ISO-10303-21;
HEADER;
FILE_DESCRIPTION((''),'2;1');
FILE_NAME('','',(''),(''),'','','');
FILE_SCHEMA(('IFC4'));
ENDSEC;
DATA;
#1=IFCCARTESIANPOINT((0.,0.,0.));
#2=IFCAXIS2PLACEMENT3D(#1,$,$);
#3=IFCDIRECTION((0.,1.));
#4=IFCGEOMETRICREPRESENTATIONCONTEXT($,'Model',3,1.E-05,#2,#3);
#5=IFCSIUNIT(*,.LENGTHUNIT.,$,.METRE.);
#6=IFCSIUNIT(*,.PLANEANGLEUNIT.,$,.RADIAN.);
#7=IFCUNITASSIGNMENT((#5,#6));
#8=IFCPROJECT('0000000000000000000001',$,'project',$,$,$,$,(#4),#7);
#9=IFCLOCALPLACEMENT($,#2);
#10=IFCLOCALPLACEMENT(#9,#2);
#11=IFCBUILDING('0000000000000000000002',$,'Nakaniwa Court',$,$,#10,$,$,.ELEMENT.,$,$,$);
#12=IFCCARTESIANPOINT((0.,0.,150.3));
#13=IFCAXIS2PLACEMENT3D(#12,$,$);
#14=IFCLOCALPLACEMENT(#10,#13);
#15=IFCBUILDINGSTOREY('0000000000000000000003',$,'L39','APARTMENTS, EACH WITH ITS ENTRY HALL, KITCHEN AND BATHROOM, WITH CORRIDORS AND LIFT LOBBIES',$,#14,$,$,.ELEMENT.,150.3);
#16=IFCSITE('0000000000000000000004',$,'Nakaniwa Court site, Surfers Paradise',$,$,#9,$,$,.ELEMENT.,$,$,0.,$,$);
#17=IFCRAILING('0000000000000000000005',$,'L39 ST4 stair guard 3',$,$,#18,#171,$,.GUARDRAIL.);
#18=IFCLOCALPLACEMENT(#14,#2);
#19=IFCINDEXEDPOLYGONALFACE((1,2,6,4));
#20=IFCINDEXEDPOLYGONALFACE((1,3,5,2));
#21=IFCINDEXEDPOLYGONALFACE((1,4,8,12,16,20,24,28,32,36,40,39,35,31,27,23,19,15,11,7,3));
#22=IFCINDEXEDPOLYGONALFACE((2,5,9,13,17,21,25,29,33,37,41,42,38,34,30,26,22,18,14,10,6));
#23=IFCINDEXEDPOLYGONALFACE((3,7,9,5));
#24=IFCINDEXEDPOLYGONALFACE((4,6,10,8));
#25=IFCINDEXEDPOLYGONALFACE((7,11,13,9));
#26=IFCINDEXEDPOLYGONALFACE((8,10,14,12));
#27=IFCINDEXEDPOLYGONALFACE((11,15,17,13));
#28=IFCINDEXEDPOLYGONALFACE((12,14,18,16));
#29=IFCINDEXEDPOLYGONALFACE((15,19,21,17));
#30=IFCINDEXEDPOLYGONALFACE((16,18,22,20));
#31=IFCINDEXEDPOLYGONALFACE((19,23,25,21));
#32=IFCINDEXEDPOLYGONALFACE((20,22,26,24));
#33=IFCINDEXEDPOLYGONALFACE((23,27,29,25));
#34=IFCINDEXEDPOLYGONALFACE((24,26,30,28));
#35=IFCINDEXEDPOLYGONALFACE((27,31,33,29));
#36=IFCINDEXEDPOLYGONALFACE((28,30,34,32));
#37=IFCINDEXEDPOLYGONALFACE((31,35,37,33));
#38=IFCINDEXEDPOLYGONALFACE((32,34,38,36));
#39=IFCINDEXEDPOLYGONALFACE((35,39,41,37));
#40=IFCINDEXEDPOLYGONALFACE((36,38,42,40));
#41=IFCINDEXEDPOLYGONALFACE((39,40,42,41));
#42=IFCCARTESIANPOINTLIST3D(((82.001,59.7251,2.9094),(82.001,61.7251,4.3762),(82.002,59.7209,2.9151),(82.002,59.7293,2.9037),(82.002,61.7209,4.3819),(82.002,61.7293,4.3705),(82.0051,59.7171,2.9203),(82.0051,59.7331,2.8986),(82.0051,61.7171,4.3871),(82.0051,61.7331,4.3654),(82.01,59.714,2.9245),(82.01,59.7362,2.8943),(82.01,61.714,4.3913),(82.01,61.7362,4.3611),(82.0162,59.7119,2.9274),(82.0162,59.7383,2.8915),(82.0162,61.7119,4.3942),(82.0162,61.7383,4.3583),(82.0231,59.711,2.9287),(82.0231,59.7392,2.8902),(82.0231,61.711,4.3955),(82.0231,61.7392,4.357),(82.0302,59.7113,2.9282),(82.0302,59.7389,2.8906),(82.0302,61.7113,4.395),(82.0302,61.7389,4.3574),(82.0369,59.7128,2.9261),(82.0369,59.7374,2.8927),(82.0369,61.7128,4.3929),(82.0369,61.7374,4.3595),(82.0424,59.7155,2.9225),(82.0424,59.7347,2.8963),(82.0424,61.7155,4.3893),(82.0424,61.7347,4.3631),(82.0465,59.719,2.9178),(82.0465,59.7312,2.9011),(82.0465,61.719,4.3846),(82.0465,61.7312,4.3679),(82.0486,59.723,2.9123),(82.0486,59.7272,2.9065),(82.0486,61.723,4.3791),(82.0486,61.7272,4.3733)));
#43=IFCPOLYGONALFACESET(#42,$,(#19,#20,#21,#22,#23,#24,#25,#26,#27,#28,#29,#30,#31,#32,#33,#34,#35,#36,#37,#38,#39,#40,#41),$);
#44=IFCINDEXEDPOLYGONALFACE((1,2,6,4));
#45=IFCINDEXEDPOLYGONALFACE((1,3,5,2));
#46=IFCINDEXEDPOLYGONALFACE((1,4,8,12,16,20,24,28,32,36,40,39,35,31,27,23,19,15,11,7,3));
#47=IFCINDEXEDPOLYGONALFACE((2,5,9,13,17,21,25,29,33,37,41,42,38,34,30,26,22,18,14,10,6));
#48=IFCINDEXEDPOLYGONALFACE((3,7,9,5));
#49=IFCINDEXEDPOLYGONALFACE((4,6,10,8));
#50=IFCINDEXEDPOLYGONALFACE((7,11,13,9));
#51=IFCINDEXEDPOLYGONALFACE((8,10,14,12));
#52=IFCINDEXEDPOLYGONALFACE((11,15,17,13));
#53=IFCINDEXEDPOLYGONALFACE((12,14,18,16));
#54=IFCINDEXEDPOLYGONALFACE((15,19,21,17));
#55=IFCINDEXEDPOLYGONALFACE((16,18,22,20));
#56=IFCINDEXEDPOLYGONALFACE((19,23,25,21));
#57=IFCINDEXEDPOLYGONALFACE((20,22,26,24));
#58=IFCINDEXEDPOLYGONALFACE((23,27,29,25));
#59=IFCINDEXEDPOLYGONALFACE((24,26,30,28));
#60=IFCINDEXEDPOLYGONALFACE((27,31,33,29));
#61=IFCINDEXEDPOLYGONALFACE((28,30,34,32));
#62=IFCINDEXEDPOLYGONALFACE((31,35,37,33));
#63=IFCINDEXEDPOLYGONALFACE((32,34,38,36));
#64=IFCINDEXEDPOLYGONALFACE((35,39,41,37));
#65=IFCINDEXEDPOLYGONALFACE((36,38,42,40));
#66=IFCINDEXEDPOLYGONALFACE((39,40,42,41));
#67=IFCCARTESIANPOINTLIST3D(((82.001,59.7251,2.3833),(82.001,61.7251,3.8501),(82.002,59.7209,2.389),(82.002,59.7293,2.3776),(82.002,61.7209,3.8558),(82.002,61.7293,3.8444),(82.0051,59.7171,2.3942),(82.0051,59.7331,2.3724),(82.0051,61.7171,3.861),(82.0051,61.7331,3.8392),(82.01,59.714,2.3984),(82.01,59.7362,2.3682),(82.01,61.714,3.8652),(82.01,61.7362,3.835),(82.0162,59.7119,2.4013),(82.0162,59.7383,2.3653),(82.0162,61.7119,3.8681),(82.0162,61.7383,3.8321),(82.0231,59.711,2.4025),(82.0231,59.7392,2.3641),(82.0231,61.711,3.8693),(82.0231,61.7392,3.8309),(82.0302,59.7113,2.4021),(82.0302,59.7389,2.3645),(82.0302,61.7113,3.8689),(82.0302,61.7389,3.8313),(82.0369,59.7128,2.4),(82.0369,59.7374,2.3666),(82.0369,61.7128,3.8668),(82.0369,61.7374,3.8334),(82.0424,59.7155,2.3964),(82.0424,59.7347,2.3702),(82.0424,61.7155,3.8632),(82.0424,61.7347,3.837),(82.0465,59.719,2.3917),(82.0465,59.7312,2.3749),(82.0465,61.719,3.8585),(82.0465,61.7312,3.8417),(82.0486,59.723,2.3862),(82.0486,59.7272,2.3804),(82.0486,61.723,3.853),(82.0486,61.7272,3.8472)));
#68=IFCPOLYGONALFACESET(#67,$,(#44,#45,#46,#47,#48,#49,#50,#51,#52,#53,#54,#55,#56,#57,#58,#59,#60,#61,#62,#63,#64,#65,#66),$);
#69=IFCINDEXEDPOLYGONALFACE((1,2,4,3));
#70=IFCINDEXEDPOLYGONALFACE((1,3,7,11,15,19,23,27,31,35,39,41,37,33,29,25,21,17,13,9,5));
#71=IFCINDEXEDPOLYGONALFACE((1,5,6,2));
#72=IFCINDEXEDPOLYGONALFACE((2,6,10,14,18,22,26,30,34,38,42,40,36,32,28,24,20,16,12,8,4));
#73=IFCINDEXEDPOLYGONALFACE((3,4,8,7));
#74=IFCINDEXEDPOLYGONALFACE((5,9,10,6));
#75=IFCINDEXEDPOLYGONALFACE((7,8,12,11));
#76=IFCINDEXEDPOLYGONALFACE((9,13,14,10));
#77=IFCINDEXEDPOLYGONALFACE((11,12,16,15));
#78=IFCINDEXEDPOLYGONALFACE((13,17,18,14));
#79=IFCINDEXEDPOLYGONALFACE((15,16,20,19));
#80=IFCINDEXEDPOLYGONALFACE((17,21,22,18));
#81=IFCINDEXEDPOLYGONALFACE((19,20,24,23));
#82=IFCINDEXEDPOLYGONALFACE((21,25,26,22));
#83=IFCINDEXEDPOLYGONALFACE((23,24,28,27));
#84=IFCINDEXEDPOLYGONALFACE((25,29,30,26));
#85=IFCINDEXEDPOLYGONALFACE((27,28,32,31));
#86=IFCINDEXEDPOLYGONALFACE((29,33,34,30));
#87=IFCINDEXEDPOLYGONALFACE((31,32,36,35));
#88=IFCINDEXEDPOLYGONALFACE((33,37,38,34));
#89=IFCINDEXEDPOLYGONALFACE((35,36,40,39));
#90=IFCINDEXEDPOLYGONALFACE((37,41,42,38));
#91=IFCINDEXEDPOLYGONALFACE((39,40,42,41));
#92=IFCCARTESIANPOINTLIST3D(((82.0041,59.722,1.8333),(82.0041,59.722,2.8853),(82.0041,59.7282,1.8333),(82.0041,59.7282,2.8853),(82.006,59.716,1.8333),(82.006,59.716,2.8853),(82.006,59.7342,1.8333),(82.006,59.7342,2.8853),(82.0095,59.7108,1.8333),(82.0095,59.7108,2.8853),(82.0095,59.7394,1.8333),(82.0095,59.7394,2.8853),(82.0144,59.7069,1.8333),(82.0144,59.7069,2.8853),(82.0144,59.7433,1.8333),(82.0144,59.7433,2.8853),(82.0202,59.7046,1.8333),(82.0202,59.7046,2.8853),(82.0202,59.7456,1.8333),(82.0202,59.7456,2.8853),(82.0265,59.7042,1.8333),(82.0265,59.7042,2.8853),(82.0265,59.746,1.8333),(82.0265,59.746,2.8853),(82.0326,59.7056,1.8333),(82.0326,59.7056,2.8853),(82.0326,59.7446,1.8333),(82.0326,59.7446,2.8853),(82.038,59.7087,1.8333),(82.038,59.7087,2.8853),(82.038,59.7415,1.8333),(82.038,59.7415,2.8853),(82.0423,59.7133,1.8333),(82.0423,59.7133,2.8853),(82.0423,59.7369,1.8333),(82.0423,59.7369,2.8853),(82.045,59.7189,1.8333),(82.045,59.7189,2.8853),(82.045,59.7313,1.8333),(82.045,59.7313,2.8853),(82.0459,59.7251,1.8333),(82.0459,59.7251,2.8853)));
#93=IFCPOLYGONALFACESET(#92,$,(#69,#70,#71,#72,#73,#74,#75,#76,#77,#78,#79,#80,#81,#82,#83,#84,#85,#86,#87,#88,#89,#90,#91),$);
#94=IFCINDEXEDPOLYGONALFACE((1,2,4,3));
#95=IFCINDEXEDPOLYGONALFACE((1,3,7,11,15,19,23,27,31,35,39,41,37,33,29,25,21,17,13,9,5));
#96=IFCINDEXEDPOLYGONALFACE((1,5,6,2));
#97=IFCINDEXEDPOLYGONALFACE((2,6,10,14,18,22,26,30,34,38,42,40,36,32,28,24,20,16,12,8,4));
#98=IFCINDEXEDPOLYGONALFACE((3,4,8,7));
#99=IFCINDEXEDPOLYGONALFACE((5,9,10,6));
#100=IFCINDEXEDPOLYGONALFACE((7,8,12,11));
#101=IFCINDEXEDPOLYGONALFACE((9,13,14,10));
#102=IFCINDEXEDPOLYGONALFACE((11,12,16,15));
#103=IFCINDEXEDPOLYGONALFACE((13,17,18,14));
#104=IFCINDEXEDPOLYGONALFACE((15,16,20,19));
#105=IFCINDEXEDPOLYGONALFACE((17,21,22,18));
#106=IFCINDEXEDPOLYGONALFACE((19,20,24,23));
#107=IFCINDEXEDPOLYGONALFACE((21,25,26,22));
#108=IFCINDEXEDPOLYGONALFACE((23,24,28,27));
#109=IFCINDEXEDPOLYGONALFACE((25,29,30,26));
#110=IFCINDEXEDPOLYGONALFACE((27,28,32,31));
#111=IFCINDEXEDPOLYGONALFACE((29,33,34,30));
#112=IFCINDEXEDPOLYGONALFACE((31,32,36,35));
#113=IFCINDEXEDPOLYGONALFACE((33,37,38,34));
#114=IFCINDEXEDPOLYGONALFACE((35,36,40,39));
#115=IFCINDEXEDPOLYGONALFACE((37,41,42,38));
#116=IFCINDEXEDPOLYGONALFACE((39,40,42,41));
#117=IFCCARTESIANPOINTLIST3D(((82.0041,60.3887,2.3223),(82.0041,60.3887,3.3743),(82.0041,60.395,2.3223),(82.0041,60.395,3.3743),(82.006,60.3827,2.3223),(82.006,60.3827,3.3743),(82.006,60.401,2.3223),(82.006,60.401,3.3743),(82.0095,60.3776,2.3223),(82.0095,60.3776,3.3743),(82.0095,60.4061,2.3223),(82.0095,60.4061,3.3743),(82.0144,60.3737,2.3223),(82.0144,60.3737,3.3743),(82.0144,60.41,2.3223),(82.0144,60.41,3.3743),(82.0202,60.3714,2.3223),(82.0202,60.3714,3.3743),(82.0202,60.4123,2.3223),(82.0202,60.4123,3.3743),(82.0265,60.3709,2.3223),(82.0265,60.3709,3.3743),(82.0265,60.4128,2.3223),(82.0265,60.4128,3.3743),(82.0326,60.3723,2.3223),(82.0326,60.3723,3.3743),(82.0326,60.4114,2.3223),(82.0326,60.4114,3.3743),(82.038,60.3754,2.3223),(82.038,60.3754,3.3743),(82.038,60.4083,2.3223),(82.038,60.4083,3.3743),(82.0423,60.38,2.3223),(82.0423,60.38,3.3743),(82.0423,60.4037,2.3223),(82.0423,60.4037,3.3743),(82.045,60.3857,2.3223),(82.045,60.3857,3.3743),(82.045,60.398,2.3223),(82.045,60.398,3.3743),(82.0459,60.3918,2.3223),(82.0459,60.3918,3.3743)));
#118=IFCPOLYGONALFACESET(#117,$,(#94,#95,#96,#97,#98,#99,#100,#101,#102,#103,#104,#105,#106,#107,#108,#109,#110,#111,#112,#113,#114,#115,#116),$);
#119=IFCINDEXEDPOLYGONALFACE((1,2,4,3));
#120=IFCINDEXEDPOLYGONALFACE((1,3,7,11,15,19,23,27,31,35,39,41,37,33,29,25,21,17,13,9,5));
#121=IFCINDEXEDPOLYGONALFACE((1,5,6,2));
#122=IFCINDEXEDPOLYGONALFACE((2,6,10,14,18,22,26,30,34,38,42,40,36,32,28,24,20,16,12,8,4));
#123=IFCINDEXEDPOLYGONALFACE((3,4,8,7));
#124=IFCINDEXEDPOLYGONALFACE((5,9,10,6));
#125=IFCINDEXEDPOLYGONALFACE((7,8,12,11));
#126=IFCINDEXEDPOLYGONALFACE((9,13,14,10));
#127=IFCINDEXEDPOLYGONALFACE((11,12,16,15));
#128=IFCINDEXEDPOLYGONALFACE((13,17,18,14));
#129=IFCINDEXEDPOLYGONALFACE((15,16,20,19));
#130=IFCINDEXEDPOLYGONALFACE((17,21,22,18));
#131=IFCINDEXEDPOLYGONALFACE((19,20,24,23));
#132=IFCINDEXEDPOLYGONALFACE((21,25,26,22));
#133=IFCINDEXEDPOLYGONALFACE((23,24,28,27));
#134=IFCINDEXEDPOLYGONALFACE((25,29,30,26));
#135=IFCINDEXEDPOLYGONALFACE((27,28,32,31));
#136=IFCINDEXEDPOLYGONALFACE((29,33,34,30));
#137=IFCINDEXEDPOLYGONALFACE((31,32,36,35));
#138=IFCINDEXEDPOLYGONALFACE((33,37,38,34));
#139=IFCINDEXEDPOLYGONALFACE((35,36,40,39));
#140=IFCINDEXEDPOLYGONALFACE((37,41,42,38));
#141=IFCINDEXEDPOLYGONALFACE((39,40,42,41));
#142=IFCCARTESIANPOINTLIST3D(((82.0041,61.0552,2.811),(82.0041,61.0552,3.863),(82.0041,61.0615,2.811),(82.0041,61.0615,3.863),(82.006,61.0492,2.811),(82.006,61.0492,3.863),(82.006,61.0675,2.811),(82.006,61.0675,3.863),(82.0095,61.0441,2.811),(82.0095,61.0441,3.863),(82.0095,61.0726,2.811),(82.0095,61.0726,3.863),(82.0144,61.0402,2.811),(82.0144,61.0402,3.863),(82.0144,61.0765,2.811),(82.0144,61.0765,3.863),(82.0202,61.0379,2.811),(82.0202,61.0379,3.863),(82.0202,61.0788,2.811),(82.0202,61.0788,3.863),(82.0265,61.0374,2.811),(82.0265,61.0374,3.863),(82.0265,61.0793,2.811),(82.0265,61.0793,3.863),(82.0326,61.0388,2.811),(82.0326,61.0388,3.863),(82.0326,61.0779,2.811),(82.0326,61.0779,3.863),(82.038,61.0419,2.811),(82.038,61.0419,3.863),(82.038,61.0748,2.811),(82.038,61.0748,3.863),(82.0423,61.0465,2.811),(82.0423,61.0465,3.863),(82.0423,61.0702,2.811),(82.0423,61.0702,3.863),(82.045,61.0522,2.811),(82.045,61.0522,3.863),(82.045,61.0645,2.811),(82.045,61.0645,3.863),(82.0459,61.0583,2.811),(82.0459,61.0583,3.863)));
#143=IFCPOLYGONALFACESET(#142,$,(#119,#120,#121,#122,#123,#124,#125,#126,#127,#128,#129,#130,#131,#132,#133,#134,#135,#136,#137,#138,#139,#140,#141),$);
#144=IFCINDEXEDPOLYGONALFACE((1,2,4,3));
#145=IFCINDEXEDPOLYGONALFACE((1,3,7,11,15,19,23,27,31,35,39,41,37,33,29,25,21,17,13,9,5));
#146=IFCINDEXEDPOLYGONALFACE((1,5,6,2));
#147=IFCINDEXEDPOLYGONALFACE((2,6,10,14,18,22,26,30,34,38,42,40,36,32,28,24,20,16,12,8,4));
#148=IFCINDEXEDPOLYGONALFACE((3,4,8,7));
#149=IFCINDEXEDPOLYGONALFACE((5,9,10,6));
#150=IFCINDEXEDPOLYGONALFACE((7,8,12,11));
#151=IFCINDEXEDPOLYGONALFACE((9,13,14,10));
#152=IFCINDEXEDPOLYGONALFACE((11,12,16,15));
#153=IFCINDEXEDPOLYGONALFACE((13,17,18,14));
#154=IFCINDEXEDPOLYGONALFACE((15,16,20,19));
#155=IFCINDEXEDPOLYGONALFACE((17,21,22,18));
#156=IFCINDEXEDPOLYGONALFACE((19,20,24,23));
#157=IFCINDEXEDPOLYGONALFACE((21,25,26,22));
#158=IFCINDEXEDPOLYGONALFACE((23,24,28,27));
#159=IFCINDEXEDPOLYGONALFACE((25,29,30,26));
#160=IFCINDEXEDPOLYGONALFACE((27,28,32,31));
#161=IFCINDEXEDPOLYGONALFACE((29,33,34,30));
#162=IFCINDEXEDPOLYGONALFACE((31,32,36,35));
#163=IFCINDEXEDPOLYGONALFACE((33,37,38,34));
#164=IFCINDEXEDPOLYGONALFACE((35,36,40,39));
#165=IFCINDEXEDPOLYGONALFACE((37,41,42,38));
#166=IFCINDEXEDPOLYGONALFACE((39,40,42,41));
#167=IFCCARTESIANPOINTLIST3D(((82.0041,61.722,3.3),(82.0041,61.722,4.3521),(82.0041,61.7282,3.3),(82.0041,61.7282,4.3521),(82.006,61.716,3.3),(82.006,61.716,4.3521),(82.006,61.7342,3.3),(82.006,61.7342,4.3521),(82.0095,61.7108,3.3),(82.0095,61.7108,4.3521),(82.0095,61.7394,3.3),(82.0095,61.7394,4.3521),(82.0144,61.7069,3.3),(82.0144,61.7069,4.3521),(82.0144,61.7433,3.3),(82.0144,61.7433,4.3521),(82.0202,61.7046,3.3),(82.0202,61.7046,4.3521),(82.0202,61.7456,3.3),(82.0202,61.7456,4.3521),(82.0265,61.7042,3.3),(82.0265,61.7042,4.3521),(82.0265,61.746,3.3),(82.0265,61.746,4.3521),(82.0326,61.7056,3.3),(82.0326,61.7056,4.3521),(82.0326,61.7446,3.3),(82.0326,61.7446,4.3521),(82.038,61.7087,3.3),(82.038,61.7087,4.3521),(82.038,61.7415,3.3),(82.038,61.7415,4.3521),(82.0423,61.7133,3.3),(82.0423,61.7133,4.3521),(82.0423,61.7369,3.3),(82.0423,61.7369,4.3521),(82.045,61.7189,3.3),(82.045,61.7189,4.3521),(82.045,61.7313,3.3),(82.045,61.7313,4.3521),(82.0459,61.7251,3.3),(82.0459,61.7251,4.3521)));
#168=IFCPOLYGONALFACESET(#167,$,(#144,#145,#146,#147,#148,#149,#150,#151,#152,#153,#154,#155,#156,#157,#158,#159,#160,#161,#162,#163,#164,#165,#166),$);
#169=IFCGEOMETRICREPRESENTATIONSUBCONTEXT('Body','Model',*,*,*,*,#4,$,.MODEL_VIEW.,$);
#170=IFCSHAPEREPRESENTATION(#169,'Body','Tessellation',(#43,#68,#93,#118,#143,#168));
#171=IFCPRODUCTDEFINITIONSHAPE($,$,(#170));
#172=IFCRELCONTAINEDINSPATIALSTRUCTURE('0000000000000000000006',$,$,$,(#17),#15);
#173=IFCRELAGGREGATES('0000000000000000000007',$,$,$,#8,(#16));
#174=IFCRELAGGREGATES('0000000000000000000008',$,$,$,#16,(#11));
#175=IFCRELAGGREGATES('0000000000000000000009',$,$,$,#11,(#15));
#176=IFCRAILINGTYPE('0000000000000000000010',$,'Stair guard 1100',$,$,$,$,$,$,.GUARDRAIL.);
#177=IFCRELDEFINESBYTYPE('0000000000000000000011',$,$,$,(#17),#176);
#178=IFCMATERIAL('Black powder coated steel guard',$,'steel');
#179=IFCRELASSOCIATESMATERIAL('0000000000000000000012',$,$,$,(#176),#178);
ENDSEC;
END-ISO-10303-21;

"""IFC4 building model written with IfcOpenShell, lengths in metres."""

from ifc_helpers import new_model, si_unit, direction, frame, origin, origin_2d, place, context, subcontext, project, spatial, circle, extrude, material, type_object, element, save


model = new_model("IFC4")

# Units and contexts
model_context = context("Model", 3, precision=1e-05, world=origin(), true_north=direction((0.0, 1.0)))
body_context = subcontext(model_context, "Body", "Model", "MODEL_VIEW")
ifc_project = project(units=[si_unit("LENGTHUNIT", "METRE"), si_unit("PLANEANGLEUNIT", "RADIAN")], contexts=[model_context])

# Site, building, storey
site_placement = place(None, origin())
site = spatial("IfcSite", under=ifc_project, at=site_placement, Name="Nakaniwa Court site, Surfers Paradise", CompositionType="ELEMENT", RefElevation=0.0)
building_placement = place(site_placement, origin())
building = spatial("IfcBuilding", under=site, at=building_placement, Name="Nakaniwa Court", CompositionType="ELEMENT")
storey_placement = place(building_placement, frame((0.0, 0.0, 150.3)))
storey = spatial("IfcBuildingStorey", under=building, at=storey_placement, Name="L39", Description="APARTMENTS, EACH WITH ITS ENTRY HALL, KITCHEN AND BATHROOM, WITH CORRIDORS AND LIFT LOBBIES", CompositionType="ELEMENT", Elevation=150.3)

# Railing
ifc_material_1 = material(Name="Black powder coated steel guard", Category="steel")
railing_type_1 = type_object("IfcRailingType", Name="Stair guard 1100", PredefinedType="GUARDRAIL", material=ifc_material_1)
railing_1_placement = place(storey_placement, frame((82.0249, 59.7251, 1.8333)))
element("IfcRailing", 1, at=railing_1_placement, inside=storey, type_object=railing_type_1, Name="L39 ST4 stair guard 3", PredefinedType="GUARDRAIL", context=body_context, shape_type="SweptSolid", body=[
    extrude(circle(Radius=0.0239, at=origin_2d()), frame((0.0, 0.0, 1.0762), z_axis=(0.0, 0.80638, 0.591398), x_axis=(-1.0, 0.0, 0.0)), (0.0, 0.0, 1.0), 2.4802),
    extrude(circle(Radius=0.0239, at=origin_2d()), frame((0.0, 0.0, 0.55), z_axis=(0.0, 0.80638, 0.591398), x_axis=(-1.0, 0.0, 0.0)), (0.0, 0.0, 1.0), 2.4802),
    extrude(circle(Radius=0.021, at=origin_2d()), origin(), (0.0, 0.0, 1.0), 1.052),
    extrude(circle(Radius=0.021, at=origin_2d()), frame((0.0, 0.6667, 0.489)), (0.0, 0.0, 1.0), 1.052),
    extrude(circle(Radius=0.021, at=origin_2d()), frame((0.0, 1.3333, 0.9778)), (0.0, 0.0, 1.0), 1.052),
    extrude(circle(Radius=0.021, at=origin_2d()), frame((0.0, 2.0, 1.4668)), (0.0, 0.0, 1.0), 1.052),
])

save(model, "model.ifc")
